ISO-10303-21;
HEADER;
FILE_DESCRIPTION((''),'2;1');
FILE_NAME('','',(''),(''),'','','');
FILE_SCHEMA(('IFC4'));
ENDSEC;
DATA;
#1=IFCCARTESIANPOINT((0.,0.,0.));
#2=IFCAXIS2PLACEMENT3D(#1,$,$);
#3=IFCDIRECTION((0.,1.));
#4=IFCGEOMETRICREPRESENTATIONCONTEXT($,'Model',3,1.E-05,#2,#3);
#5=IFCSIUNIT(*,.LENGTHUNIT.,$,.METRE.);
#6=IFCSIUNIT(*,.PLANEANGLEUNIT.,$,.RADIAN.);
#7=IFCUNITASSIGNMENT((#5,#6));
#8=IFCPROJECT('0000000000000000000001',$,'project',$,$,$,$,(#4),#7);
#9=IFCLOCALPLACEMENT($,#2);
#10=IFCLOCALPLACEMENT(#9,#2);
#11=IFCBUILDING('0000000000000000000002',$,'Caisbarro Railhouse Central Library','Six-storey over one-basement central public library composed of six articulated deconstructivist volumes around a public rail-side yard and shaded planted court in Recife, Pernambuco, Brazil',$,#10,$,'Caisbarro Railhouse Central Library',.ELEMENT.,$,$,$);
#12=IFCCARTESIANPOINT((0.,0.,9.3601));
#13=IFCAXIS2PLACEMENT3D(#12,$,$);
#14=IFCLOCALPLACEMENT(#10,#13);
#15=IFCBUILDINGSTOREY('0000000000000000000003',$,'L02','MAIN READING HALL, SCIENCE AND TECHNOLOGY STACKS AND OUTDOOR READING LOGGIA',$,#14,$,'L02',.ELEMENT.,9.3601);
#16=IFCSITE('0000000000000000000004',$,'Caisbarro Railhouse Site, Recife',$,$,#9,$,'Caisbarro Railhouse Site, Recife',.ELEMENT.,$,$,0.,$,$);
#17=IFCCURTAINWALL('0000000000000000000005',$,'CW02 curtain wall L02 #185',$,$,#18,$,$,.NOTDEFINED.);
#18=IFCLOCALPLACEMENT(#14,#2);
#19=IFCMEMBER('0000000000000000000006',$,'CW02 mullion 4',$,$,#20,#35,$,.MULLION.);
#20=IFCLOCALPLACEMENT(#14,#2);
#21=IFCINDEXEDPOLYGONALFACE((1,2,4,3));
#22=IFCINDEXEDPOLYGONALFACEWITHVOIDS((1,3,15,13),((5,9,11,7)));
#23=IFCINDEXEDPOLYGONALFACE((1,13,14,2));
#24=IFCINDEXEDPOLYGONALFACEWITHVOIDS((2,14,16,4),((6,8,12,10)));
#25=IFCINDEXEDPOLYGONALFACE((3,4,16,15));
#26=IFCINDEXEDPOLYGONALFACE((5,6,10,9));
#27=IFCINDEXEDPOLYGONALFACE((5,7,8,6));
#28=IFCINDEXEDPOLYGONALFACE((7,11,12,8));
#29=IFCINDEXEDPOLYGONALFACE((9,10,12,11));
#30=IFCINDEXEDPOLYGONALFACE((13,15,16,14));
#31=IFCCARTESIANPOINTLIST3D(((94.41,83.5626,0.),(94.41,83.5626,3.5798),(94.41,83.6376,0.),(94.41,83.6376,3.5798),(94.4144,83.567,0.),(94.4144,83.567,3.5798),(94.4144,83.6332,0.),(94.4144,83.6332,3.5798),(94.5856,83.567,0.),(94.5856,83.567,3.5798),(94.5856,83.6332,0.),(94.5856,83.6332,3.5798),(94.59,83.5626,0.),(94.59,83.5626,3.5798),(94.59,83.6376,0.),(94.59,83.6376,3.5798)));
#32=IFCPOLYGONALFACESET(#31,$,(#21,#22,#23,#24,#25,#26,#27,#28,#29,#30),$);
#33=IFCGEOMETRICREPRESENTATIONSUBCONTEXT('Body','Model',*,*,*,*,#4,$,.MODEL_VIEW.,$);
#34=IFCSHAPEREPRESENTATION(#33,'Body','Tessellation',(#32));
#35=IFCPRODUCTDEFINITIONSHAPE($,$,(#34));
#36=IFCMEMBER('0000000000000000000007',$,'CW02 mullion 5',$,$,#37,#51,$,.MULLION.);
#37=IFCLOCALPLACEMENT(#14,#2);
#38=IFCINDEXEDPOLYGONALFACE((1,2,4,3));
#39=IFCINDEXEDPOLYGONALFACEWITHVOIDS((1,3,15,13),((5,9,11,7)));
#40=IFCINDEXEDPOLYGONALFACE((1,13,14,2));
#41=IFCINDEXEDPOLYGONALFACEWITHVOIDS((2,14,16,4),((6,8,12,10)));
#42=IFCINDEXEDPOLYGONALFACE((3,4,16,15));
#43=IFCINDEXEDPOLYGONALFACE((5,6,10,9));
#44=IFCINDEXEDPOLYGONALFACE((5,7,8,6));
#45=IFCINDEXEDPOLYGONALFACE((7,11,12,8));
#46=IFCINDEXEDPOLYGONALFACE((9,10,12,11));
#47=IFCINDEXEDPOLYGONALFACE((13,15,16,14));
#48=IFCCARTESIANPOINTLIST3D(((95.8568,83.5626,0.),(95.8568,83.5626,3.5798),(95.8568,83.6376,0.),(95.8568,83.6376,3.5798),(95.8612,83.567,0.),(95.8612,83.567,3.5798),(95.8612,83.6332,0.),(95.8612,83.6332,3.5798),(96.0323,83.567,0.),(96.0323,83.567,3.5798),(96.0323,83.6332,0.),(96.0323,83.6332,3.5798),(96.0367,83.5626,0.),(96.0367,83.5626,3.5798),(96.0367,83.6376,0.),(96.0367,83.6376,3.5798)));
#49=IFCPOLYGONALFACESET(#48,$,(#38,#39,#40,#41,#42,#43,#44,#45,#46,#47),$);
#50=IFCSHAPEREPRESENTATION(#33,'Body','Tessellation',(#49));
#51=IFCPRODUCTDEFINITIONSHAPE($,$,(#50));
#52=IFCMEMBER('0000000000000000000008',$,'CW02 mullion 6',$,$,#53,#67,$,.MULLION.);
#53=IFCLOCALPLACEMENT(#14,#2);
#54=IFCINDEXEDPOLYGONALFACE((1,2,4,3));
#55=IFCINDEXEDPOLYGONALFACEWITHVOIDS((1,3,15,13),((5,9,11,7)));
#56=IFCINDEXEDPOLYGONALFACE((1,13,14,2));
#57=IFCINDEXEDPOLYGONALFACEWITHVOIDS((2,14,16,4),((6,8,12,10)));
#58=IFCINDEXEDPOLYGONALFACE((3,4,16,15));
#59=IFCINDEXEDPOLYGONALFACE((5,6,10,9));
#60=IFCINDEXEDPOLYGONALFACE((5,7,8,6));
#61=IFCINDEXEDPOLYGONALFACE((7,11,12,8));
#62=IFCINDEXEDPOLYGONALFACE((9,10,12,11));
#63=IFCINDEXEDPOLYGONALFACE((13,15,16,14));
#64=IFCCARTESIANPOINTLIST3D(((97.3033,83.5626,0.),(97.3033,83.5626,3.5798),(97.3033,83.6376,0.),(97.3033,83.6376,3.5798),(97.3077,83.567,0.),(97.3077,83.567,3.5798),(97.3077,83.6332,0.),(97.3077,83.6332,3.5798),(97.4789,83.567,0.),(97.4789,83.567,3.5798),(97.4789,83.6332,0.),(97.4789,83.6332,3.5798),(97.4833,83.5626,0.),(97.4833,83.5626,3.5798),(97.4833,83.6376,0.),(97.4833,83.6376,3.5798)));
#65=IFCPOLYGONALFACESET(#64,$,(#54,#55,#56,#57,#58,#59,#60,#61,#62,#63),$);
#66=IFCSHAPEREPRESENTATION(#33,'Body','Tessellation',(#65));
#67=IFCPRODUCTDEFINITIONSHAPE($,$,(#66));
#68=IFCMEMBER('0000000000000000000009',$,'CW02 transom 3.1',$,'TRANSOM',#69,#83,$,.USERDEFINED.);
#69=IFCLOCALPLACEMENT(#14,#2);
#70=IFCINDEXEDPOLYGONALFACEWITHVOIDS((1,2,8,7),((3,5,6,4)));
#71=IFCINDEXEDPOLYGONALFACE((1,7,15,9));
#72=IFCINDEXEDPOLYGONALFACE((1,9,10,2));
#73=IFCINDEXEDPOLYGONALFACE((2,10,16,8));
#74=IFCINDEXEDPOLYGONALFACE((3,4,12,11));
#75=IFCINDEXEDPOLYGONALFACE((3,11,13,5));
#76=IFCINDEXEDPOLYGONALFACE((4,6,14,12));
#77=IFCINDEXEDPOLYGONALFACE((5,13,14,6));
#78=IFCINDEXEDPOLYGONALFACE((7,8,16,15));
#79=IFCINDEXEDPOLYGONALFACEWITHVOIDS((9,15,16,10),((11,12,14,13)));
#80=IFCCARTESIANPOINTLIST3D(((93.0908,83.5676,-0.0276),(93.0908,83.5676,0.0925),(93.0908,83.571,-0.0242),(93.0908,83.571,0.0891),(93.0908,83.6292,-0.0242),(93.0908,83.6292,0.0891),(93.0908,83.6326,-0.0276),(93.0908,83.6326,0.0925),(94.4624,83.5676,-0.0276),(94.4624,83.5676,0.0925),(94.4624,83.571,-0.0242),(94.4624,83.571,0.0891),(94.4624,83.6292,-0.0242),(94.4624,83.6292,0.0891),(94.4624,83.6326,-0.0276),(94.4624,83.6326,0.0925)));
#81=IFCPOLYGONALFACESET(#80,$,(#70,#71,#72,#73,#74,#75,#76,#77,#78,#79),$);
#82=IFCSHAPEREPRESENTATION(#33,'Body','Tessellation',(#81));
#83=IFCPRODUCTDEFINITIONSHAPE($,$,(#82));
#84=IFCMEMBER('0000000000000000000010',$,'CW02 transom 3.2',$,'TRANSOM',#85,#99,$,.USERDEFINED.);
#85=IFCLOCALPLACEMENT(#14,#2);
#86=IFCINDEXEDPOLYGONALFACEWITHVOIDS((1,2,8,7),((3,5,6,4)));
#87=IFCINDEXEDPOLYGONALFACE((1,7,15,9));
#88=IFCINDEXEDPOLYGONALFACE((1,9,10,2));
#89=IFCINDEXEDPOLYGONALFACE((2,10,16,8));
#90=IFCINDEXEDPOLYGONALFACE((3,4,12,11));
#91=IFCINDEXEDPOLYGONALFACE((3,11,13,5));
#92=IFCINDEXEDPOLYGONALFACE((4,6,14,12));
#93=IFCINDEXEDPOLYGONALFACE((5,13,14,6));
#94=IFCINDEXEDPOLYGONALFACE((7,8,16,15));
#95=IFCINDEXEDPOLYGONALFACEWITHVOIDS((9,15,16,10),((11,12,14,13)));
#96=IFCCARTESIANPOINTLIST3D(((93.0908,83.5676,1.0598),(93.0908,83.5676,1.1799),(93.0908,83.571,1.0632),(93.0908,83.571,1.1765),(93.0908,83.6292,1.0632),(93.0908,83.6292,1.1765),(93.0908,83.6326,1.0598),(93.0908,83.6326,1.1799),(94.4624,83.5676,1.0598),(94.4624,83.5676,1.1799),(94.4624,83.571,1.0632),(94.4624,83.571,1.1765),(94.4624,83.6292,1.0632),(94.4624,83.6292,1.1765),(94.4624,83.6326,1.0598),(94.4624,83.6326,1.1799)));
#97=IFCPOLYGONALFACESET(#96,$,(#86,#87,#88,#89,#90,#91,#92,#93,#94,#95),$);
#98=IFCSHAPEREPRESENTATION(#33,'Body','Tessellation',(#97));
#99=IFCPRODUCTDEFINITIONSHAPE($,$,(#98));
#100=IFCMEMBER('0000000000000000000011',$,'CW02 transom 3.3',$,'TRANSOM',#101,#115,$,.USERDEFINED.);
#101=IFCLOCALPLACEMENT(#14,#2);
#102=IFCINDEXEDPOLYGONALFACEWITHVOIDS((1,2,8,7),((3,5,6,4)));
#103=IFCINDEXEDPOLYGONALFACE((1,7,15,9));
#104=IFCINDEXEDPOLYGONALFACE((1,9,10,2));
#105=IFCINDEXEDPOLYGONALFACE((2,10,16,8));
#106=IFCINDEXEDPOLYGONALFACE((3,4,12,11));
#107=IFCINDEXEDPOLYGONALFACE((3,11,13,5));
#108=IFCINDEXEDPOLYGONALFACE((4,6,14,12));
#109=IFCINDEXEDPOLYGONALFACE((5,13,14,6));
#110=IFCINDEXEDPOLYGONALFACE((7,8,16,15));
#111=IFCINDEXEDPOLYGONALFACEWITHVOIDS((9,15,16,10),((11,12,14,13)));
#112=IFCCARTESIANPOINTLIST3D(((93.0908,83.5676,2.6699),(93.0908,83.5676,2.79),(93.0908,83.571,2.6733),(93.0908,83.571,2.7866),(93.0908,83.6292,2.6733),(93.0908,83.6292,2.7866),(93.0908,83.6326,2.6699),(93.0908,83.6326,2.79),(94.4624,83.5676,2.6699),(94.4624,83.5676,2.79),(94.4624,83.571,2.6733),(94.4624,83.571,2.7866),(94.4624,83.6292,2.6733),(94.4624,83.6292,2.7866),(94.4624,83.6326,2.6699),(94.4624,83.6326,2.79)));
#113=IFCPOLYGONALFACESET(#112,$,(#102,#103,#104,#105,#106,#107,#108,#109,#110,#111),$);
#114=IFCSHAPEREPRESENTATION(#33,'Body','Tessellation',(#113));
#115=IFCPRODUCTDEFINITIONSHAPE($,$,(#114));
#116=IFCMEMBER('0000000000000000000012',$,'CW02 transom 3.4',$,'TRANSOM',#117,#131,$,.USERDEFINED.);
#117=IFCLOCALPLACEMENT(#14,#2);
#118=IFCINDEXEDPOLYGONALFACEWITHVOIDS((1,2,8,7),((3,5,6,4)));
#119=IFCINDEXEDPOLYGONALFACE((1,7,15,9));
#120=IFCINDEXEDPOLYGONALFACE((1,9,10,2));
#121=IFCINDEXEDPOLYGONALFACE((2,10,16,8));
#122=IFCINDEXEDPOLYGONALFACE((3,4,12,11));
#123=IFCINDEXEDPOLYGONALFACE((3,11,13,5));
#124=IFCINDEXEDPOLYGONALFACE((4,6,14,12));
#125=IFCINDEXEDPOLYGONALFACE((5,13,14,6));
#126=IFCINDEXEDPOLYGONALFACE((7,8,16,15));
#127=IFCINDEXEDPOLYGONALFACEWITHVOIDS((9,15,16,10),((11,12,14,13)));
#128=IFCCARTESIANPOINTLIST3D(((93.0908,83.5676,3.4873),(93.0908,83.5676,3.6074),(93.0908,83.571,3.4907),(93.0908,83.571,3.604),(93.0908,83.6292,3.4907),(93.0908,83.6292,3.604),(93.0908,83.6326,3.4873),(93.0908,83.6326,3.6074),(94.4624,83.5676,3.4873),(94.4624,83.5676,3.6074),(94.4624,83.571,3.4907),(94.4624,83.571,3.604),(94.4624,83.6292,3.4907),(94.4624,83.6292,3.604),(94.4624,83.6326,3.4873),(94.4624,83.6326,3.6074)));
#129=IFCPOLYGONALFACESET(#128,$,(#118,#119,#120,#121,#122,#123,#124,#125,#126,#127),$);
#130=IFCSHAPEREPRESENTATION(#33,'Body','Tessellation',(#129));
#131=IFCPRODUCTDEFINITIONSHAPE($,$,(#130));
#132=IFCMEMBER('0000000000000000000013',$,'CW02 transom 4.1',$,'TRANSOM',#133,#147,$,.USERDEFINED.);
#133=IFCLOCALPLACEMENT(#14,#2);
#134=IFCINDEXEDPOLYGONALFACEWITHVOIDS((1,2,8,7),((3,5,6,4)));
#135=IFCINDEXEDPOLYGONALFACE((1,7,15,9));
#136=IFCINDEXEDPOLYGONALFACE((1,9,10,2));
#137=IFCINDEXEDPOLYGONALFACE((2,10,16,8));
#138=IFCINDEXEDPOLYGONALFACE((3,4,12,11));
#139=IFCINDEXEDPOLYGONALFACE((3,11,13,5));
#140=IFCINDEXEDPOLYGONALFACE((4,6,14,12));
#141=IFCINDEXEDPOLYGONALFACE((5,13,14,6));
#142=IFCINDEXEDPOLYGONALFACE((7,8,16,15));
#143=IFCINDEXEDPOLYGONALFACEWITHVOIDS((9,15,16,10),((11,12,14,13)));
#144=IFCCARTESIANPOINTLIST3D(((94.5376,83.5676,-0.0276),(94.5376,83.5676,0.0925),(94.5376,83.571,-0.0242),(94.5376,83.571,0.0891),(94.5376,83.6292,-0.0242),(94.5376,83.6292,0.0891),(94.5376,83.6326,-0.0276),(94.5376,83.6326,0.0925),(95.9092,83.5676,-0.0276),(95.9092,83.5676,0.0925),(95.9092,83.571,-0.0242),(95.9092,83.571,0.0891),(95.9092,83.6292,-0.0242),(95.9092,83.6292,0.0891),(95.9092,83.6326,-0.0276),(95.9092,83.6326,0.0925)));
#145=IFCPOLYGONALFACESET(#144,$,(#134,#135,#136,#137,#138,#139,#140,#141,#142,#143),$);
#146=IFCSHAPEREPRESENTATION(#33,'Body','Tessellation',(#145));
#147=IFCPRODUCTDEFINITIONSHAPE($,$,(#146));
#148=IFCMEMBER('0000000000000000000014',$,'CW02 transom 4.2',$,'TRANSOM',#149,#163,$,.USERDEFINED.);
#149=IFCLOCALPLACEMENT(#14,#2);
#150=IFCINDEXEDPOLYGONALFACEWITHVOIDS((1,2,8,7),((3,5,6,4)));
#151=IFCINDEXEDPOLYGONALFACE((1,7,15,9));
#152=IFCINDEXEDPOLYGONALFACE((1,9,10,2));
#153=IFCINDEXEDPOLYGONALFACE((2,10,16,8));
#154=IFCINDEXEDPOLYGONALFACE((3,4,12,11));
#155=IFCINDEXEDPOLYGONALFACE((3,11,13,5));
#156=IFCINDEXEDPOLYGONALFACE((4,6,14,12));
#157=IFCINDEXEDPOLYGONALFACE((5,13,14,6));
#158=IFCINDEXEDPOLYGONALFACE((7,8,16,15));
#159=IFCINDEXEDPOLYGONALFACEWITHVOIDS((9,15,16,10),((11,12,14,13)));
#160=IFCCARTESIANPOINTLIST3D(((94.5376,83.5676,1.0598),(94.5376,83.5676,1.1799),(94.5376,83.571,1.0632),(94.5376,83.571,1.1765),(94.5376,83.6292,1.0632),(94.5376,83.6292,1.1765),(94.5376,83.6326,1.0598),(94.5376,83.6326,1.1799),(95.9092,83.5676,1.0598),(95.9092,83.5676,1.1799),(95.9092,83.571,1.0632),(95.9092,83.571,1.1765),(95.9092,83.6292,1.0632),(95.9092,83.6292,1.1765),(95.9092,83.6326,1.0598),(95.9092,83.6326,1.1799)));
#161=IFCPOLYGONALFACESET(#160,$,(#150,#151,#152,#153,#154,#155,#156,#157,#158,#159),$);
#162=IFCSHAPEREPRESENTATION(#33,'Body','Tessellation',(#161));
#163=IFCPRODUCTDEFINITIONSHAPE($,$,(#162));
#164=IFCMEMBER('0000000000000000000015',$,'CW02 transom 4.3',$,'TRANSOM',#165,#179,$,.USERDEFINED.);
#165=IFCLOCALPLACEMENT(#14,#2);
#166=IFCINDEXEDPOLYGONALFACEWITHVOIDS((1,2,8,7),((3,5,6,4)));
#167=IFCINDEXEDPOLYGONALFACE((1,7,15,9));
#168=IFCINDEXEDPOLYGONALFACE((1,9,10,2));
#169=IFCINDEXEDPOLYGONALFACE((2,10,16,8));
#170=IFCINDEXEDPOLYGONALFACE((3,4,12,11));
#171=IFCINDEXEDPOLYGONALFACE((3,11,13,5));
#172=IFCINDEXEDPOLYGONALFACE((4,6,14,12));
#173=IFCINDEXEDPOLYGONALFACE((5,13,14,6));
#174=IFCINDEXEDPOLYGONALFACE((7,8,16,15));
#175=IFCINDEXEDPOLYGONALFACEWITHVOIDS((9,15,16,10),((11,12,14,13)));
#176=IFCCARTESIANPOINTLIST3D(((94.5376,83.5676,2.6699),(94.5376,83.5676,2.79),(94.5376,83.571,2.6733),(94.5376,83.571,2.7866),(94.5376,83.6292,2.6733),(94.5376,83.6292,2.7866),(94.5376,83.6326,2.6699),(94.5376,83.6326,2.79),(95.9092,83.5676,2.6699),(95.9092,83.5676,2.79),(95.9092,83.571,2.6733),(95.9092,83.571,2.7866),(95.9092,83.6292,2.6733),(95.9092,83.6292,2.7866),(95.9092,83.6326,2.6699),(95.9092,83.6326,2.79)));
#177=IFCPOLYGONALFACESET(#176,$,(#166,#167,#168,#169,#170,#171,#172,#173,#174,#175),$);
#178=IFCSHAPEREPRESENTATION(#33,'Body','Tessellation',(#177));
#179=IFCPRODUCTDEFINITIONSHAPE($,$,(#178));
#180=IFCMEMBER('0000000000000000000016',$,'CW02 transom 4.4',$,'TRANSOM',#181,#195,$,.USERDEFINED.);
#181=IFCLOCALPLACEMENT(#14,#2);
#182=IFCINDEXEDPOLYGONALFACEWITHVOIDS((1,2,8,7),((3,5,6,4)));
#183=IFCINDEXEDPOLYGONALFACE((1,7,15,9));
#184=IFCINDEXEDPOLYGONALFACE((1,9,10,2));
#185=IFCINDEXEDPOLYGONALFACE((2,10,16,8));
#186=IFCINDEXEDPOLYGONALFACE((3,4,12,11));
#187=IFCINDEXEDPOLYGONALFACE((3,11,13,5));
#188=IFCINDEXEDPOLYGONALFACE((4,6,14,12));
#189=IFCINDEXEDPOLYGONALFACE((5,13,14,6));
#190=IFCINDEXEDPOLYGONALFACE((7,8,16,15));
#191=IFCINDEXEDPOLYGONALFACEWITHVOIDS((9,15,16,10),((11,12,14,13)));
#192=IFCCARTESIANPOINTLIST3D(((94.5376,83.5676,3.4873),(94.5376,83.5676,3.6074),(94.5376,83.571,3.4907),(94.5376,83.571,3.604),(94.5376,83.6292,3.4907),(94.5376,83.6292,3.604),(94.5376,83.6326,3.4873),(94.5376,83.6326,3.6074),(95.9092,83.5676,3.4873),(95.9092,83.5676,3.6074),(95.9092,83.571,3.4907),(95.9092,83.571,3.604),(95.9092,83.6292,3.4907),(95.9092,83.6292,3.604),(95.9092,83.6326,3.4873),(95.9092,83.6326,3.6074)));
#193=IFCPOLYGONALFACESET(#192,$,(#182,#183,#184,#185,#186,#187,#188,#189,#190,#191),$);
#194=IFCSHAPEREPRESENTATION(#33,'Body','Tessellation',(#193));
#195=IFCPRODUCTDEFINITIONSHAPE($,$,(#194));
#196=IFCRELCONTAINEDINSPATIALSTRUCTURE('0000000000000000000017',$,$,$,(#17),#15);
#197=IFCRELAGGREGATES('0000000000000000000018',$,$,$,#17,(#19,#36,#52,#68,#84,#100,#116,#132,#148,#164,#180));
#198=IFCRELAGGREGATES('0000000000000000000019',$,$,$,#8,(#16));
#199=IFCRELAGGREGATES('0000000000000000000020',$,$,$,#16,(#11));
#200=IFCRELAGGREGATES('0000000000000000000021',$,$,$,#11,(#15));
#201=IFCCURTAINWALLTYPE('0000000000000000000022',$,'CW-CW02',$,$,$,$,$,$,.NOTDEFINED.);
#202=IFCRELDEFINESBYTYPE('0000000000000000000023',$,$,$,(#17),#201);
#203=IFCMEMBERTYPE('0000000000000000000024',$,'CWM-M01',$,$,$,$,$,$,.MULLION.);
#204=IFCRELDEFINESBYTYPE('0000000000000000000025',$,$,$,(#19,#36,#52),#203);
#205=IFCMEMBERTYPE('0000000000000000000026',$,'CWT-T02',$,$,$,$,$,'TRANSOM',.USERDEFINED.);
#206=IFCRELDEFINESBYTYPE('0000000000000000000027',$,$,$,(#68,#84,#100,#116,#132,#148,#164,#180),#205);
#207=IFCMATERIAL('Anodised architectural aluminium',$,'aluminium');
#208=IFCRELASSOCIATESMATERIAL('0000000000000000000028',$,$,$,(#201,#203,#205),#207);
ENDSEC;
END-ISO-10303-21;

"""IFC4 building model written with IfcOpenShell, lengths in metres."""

from ifc_helpers import new_model, si_unit, direction, frame, origin, origin_2d, place, context, subcontext, project, spatial, hollow_rectangle, extrude, material, material_profile, profile_set, type_object, element, aggregate, save


model = new_model("IFC4")

# Units and contexts
model_context = context("Model", 3, precision=1e-05, world=origin(), true_north=direction((0.0, 1.0)))
body_context = subcontext(model_context, "Body", "Model", "MODEL_VIEW")
ifc_project = project(units=[si_unit("LENGTHUNIT", "METRE"), si_unit("PLANEANGLEUNIT", "RADIAN")], contexts=[model_context])

# Site, building, storey
site_placement = place(None, origin())
site = spatial("IfcSite", under=ifc_project, at=site_placement, Name="Caisbarro Railhouse Site, Recife", LongName="Caisbarro Railhouse Site, Recife", CompositionType="ELEMENT", RefElevation=0.0)
building_placement = place(site_placement, origin())
building = spatial("IfcBuilding", under=site, at=building_placement, Name="Caisbarro Railhouse Central Library", Description="Six-storey over one-basement central public library composed of six articulated deconstructivist volumes around a public rail-side yard and shaded planted court in Recife, Pernambuco, Brazil", LongName="Caisbarro Railhouse Central Library", CompositionType="ELEMENT")
storey_placement = place(building_placement, frame((0.0, 0.0, 9.3601)))
storey = spatial("IfcBuildingStorey", under=building, at=storey_placement, Name="L02", Description="MAIN READING HALL, SCIENCE AND TECHNOLOGY STACKS AND OUTDOOR READING LOGGIA", LongName="L02", CompositionType="ELEMENT", Elevation=9.3601)

# Curtain wall, members
ifc_material_1 = material(Name="Anodised architectural aluminium", Category="aluminium")
curtain_wall_type = type_object("IfcCurtainWallType", Name="CW-CW02", PredefinedType="NOTDEFINED", material=ifc_material_1)
curtain_wall_placement = place(storey_placement, origin())
curtain_wall = element("IfcCurtainWall", 1, at=curtain_wall_placement, inside=storey, type_object=curtain_wall_type, Name="CW02 curtain wall L02 #185", PredefinedType="NOTDEFINED")
ifc_material_profile_1 = material_profile(ifc_material_1, hollow_rectangle(XDim=0.075, YDim=0.1799, WallThickness=0.0044, at=origin_2d()), Name="ALU-MUL-75X180")
ifc_profile_set_1 = profile_set([ifc_material_profile_1], Name="Anodised architectural aluminium")
member_type_1 = type_object("IfcMemberType", Name="CWM-M01", PredefinedType="MULLION", material=ifc_profile_set_1)
member_1_placement = place(storey_placement, frame((94.5, 83.6001, 0.0), z_axis=(0.0, 0.0, 1.0), x_axis=(0.0, 1.0, 0.0)))
member_1 = element("IfcMember", 2, at=member_1_placement, type_object=member_type_1, Name="CW02 mullion 4", PredefinedType="MULLION", context=body_context, shape_type="SweptSolid", body=[
    extrude(hollow_rectangle(XDim=0.075, YDim=0.1799, WallThickness=0.0044, at=origin_2d()), origin(), (0.0, 0.0, 1.0), 3.5798),
])
member_2_placement = place(storey_placement, frame((95.9468, 83.6001, 0.0), z_axis=(0.0, 0.0, 1.0), x_axis=(0.0, 1.0, 0.0)))
member_2 = element("IfcMember", 3, at=member_2_placement, type_object=member_type_1, Name="CW02 mullion 5", PredefinedType="MULLION", context=body_context, shape_type="SweptSolid", body=[
    extrude(hollow_rectangle(XDim=0.075, YDim=0.1799, WallThickness=0.0044, at=origin_2d()), origin(), (0.0, 0.0, 1.0), 3.5798),
])
member_3_placement = place(storey_placement, frame((97.3933, 83.6001, 0.0), z_axis=(0.0, 0.0, 1.0), x_axis=(0.0, 1.0, 0.0)))
member_3 = element("IfcMember", 4, at=member_3_placement, type_object=member_type_1, Name="CW02 mullion 6", PredefinedType="MULLION", context=body_context, shape_type="SweptSolid", body=[
    extrude(hollow_rectangle(XDim=0.075, YDim=0.1799, WallThickness=0.0044, at=origin_2d()), origin(), (0.0, 0.0, 1.0), 3.5798),
])
ifc_material_profile_2 = material_profile(ifc_material_1, hollow_rectangle(XDim=0.0649, YDim=0.1201, WallThickness=0.0034, at=origin_2d()), Name="ALU-TRN-65X120")
ifc_profile_set_2 = profile_set([ifc_material_profile_2], Name="Anodised architectural aluminium")
member_type_2 = type_object("IfcMemberType", Name="CWT-T02", ElementType="TRANSOM", PredefinedType="USERDEFINED", material=ifc_profile_set_2)
member_4_placement = place(storey_placement, frame((93.0908, 83.6001, 0.0325), z_axis=(1.0, 0.0, 0.0), x_axis=(0.0, 1.0, 0.0)))
member_4 = element("IfcMember", 5, at=member_4_placement, type_object=member_type_2, Name="CW02 transom 3.1", ObjectType="TRANSOM", PredefinedType="USERDEFINED", context=body_context, shape_type="SweptSolid", body=[
    extrude(hollow_rectangle(XDim=0.0649, YDim=0.1201, WallThickness=0.0034, at=origin_2d()), origin(), (0.0, 0.0, 1.0), 1.3716),
])
member_5_placement = place(storey_placement, frame((93.0908, 83.6001, 1.1199), z_axis=(1.0, 0.0, 0.0), x_axis=(0.0, 1.0, 0.0)))
member_5 = element("IfcMember", 6, at=member_5_placement, type_object=member_type_2, Name="CW02 transom 3.2", ObjectType="TRANSOM", PredefinedType="USERDEFINED", context=body_context, shape_type="SweptSolid", body=[
    extrude(hollow_rectangle(XDim=0.0649, YDim=0.1201, WallThickness=0.0034, at=origin_2d()), origin(), (0.0, 0.0, 1.0), 1.3716),
])
member_6_placement = place(storey_placement, frame((93.0908, 83.6001, 2.73), z_axis=(1.0, 0.0, 0.0), x_axis=(0.0, 1.0, 0.0)))
member_6 = element("IfcMember", 7, at=member_6_placement, type_object=member_type_2, Name="CW02 transom 3.3", ObjectType="TRANSOM", PredefinedType="USERDEFINED", context=body_context, shape_type="SweptSolid", body=[
    extrude(hollow_rectangle(XDim=0.0649, YDim=0.1201, WallThickness=0.0034, at=origin_2d()), origin(), (0.0, 0.0, 1.0), 1.3716),
])
member_7_placement = place(storey_placement, frame((93.0908, 83.6001, 3.5474), z_axis=(1.0, 0.0, 0.0), x_axis=(0.0, 1.0, 0.0)))
member_7 = element("IfcMember", 8, at=member_7_placement, type_object=member_type_2, Name="CW02 transom 3.4", ObjectType="TRANSOM", PredefinedType="USERDEFINED", context=body_context, shape_type="SweptSolid", body=[
    extrude(hollow_rectangle(XDim=0.0649, YDim=0.1201, WallThickness=0.0034, at=origin_2d()), origin(), (0.0, 0.0, 1.0), 1.3716),
])
member_8_placement = place(storey_placement, frame((94.5376, 83.6001, 0.0325), z_axis=(1.0, 0.0, 0.0), x_axis=(0.0, 1.0, 0.0)))
member_8 = element("IfcMember", 9, at=member_8_placement, type_object=member_type_2, Name="CW02 transom 4.1", ObjectType="TRANSOM", PredefinedType="USERDEFINED", context=body_context, shape_type="SweptSolid", body=[
    extrude(hollow_rectangle(XDim=0.0649, YDim=0.1201, WallThickness=0.0034, at=origin_2d()), origin(), (0.0, 0.0, 1.0), 1.3716),
])
member_9_placement = place(storey_placement, frame((94.5376, 83.6001, 1.1199), z_axis=(1.0, 0.0, 0.0), x_axis=(0.0, 1.0, 0.0)))
member_9 = element("IfcMember", 10, at=member_9_placement, type_object=member_type_2, Name="CW02 transom 4.2", ObjectType="TRANSOM", PredefinedType="USERDEFINED", context=body_context, shape_type="SweptSolid", body=[
    extrude(hollow_rectangle(XDim=0.0649, YDim=0.1201, WallThickness=0.0034, at=origin_2d()), origin(), (0.0, 0.0, 1.0), 1.3716),
])
member_10_placement = place(storey_placement, frame((94.5376, 83.6001, 2.73), z_axis=(1.0, 0.0, 0.0), x_axis=(0.0, 1.0, 0.0)))
member_10 = element("IfcMember", 11, at=member_10_placement, type_object=member_type_2, Name="CW02 transom 4.3", ObjectType="TRANSOM", PredefinedType="USERDEFINED", context=body_context, shape_type="SweptSolid", body=[
    extrude(hollow_rectangle(XDim=0.0649, YDim=0.1201, WallThickness=0.0034, at=origin_2d()), origin(), (0.0, 0.0, 1.0), 1.3716),
])
member_11_placement = place(storey_placement, frame((94.5376, 83.6001, 3.5474), z_axis=(1.0, 0.0, 0.0), x_axis=(0.0, 1.0, 0.0)))
member_11 = element("IfcMember", 12, at=member_11_placement, type_object=member_type_2, Name="CW02 transom 4.4", ObjectType="TRANSOM", PredefinedType="USERDEFINED", context=body_context, shape_type="SweptSolid", body=[
    extrude(hollow_rectangle(XDim=0.0649, YDim=0.1201, WallThickness=0.0034, at=origin_2d()), origin(), (0.0, 0.0, 1.0), 1.3716),
])
aggregate(curtain_wall, [member_1, member_2, member_3, member_4, member_5, member_6, member_7, member_8, member_9, member_10, member_11])

save(model, "model.ifc")
